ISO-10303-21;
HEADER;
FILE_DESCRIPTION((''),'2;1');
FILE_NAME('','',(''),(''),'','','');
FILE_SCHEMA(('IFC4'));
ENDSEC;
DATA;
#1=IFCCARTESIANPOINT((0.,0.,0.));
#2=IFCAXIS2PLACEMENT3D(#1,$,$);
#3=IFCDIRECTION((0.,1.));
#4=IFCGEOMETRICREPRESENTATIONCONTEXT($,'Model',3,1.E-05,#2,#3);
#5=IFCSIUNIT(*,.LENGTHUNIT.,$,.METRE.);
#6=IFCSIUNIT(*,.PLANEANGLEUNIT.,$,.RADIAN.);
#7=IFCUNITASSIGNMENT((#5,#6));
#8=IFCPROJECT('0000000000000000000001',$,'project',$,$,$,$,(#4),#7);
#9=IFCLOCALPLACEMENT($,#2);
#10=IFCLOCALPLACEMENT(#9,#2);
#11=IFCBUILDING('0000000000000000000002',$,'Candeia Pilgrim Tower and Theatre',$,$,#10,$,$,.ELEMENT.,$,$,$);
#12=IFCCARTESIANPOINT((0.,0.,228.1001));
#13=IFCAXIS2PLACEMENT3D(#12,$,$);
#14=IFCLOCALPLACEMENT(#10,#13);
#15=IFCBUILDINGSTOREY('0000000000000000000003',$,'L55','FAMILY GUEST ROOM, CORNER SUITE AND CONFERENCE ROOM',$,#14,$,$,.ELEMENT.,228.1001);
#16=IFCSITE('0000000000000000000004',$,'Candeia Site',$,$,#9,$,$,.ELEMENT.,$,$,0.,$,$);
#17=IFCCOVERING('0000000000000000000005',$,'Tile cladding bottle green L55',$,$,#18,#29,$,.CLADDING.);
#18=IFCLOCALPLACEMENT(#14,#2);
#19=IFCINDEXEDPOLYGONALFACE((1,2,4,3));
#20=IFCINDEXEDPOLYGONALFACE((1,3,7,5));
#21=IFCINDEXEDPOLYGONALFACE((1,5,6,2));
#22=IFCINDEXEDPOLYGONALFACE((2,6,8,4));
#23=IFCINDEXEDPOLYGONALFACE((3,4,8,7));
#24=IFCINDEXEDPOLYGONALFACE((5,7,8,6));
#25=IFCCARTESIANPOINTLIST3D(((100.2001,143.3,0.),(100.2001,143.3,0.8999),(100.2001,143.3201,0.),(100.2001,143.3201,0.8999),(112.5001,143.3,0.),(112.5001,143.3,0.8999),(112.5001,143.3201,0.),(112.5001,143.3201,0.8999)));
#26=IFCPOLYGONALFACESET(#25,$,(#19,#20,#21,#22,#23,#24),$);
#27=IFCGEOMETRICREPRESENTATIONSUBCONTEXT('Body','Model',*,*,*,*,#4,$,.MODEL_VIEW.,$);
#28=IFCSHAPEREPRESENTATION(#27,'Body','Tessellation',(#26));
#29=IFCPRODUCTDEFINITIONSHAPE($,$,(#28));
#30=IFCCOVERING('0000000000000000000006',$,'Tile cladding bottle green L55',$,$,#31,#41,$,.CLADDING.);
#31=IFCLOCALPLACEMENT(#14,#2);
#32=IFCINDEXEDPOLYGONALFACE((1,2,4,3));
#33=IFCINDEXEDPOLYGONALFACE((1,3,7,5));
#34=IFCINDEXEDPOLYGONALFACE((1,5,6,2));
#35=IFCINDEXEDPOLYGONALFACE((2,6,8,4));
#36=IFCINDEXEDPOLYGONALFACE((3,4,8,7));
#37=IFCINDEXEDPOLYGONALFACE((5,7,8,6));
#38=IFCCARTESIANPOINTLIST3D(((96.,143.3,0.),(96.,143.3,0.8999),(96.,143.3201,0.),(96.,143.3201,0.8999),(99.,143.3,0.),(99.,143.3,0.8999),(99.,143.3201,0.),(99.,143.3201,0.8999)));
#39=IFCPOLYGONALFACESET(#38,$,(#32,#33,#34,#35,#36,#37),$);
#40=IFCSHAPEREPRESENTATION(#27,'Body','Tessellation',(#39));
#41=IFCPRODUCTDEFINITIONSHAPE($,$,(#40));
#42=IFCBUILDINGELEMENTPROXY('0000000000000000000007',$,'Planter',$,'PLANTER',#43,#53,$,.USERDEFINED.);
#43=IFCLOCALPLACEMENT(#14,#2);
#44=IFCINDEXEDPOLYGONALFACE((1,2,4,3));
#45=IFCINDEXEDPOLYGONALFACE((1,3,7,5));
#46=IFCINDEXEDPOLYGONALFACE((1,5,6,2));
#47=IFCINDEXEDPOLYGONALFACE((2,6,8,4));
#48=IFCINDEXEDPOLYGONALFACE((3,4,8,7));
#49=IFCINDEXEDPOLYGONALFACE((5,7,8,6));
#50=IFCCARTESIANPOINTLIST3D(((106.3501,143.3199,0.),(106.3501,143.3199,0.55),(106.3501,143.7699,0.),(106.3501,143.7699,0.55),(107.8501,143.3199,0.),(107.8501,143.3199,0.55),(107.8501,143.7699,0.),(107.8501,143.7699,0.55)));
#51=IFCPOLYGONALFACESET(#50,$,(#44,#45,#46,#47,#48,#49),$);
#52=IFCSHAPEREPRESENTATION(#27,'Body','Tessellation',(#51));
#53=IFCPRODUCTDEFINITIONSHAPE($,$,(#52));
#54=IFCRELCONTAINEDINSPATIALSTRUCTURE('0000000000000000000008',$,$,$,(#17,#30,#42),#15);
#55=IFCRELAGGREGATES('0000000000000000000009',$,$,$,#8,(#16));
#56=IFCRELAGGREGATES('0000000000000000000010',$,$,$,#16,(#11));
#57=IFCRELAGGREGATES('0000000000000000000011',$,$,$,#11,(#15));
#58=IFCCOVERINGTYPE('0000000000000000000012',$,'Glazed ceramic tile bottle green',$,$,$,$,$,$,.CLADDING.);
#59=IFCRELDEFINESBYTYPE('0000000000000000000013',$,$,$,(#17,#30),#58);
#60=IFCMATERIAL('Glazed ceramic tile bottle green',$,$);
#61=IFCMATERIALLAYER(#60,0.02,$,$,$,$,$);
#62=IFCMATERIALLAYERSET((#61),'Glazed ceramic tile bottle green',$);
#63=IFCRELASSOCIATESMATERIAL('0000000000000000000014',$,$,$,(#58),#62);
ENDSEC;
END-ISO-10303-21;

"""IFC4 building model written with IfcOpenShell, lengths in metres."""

from ifc_helpers import new_model, si_unit, direction, frame, origin, origin_2d, place, context, subcontext, project, spatial, rectangle, extrude, material, layer, layer_set, type_object, element, save


model = new_model("IFC4")

# Units and contexts
model_context = context("Model", 3, precision=1e-05, world=origin(), true_north=direction((0.0, 1.0)))
body_context = subcontext(model_context, "Body", "Model", "MODEL_VIEW")
ifc_project = project(units=[si_unit("LENGTHUNIT", "METRE"), si_unit("PLANEANGLEUNIT", "RADIAN")], contexts=[model_context])

# Site, building, storey
site_placement = place(None, origin())
site = spatial("IfcSite", under=ifc_project, at=site_placement, Name="Candeia Site", CompositionType="ELEMENT", RefElevation=0.0)
building_placement = place(site_placement, origin())
building = spatial("IfcBuilding", under=site, at=building_placement, Name="Candeia Pilgrim Tower and Theatre", CompositionType="ELEMENT")
storey_placement = place(building_placement, frame((0.0, 0.0, 228.1001)))
storey = spatial("IfcBuildingStorey", under=building, at=storey_placement, Name="L55", Description="FAMILY GUEST ROOM, CORNER SUITE AND CONFERENCE ROOM", CompositionType="ELEMENT", Elevation=228.1001)

# Coverings
ifc_material_1 = material(Name="Glazed ceramic tile bottle green")
ifc_layer_1 = layer(ifc_material_1, 0.02)
ifc_layer_set_1 = layer_set([ifc_layer_1], Name="Glazed ceramic tile bottle green")
covering_type = type_object("IfcCoveringType", Name="Glazed ceramic tile bottle green", PredefinedType="CLADDING", material=ifc_layer_set_1)
covering_1_placement = place(storey_placement, frame((106.3501, 143.3101, 0.0), z_axis=(0.0, 0.0, 1.0), x_axis=(-1.0, 0.0, 0.0)))
element("IfcCovering", 1, at=covering_1_placement, inside=storey, type_object=covering_type, Name="Tile cladding bottle green L55", PredefinedType="CLADDING", context=body_context, shape_type="SweptSolid", body=[
    extrude(rectangle(XDim=12.3, YDim=0.02, at=origin_2d()), origin(), (0.0, 0.0, 1.0), 0.8999),
])
covering_2_placement = place(storey_placement, frame((97.5, 143.3101, 0.0), z_axis=(0.0, 0.0, 1.0), x_axis=(-1.0, 0.0, 0.0)))
element("IfcCovering", 2, at=covering_2_placement, inside=storey, type_object=covering_type, Name="Tile cladding bottle green L55", PredefinedType="CLADDING", context=body_context, shape_type="SweptSolid", body=[
    extrude(rectangle(XDim=3.0, YDim=0.02, at=origin_2d()), origin(), (0.0, 0.0, 1.0), 0.8999),
])

# Building element proxy
proxy_placement = place(storey_placement, frame((107.1001, 143.5449, 0.0), z_axis=(0.0, 0.0, 1.0), x_axis=(-1.0, 0.0, 0.0)))
element("IfcBuildingElementProxy", 3, at=proxy_placement, inside=storey, Name="Planter", ObjectType="PLANTER", PredefinedType="USERDEFINED", context=body_context, shape_type="SweptSolid", body=[
    extrude(rectangle(XDim=1.5, YDim=0.45, at=origin_2d()), origin(), (0.0, 0.0, 1.0), 0.55),
])

save(model, "model.ifc")
